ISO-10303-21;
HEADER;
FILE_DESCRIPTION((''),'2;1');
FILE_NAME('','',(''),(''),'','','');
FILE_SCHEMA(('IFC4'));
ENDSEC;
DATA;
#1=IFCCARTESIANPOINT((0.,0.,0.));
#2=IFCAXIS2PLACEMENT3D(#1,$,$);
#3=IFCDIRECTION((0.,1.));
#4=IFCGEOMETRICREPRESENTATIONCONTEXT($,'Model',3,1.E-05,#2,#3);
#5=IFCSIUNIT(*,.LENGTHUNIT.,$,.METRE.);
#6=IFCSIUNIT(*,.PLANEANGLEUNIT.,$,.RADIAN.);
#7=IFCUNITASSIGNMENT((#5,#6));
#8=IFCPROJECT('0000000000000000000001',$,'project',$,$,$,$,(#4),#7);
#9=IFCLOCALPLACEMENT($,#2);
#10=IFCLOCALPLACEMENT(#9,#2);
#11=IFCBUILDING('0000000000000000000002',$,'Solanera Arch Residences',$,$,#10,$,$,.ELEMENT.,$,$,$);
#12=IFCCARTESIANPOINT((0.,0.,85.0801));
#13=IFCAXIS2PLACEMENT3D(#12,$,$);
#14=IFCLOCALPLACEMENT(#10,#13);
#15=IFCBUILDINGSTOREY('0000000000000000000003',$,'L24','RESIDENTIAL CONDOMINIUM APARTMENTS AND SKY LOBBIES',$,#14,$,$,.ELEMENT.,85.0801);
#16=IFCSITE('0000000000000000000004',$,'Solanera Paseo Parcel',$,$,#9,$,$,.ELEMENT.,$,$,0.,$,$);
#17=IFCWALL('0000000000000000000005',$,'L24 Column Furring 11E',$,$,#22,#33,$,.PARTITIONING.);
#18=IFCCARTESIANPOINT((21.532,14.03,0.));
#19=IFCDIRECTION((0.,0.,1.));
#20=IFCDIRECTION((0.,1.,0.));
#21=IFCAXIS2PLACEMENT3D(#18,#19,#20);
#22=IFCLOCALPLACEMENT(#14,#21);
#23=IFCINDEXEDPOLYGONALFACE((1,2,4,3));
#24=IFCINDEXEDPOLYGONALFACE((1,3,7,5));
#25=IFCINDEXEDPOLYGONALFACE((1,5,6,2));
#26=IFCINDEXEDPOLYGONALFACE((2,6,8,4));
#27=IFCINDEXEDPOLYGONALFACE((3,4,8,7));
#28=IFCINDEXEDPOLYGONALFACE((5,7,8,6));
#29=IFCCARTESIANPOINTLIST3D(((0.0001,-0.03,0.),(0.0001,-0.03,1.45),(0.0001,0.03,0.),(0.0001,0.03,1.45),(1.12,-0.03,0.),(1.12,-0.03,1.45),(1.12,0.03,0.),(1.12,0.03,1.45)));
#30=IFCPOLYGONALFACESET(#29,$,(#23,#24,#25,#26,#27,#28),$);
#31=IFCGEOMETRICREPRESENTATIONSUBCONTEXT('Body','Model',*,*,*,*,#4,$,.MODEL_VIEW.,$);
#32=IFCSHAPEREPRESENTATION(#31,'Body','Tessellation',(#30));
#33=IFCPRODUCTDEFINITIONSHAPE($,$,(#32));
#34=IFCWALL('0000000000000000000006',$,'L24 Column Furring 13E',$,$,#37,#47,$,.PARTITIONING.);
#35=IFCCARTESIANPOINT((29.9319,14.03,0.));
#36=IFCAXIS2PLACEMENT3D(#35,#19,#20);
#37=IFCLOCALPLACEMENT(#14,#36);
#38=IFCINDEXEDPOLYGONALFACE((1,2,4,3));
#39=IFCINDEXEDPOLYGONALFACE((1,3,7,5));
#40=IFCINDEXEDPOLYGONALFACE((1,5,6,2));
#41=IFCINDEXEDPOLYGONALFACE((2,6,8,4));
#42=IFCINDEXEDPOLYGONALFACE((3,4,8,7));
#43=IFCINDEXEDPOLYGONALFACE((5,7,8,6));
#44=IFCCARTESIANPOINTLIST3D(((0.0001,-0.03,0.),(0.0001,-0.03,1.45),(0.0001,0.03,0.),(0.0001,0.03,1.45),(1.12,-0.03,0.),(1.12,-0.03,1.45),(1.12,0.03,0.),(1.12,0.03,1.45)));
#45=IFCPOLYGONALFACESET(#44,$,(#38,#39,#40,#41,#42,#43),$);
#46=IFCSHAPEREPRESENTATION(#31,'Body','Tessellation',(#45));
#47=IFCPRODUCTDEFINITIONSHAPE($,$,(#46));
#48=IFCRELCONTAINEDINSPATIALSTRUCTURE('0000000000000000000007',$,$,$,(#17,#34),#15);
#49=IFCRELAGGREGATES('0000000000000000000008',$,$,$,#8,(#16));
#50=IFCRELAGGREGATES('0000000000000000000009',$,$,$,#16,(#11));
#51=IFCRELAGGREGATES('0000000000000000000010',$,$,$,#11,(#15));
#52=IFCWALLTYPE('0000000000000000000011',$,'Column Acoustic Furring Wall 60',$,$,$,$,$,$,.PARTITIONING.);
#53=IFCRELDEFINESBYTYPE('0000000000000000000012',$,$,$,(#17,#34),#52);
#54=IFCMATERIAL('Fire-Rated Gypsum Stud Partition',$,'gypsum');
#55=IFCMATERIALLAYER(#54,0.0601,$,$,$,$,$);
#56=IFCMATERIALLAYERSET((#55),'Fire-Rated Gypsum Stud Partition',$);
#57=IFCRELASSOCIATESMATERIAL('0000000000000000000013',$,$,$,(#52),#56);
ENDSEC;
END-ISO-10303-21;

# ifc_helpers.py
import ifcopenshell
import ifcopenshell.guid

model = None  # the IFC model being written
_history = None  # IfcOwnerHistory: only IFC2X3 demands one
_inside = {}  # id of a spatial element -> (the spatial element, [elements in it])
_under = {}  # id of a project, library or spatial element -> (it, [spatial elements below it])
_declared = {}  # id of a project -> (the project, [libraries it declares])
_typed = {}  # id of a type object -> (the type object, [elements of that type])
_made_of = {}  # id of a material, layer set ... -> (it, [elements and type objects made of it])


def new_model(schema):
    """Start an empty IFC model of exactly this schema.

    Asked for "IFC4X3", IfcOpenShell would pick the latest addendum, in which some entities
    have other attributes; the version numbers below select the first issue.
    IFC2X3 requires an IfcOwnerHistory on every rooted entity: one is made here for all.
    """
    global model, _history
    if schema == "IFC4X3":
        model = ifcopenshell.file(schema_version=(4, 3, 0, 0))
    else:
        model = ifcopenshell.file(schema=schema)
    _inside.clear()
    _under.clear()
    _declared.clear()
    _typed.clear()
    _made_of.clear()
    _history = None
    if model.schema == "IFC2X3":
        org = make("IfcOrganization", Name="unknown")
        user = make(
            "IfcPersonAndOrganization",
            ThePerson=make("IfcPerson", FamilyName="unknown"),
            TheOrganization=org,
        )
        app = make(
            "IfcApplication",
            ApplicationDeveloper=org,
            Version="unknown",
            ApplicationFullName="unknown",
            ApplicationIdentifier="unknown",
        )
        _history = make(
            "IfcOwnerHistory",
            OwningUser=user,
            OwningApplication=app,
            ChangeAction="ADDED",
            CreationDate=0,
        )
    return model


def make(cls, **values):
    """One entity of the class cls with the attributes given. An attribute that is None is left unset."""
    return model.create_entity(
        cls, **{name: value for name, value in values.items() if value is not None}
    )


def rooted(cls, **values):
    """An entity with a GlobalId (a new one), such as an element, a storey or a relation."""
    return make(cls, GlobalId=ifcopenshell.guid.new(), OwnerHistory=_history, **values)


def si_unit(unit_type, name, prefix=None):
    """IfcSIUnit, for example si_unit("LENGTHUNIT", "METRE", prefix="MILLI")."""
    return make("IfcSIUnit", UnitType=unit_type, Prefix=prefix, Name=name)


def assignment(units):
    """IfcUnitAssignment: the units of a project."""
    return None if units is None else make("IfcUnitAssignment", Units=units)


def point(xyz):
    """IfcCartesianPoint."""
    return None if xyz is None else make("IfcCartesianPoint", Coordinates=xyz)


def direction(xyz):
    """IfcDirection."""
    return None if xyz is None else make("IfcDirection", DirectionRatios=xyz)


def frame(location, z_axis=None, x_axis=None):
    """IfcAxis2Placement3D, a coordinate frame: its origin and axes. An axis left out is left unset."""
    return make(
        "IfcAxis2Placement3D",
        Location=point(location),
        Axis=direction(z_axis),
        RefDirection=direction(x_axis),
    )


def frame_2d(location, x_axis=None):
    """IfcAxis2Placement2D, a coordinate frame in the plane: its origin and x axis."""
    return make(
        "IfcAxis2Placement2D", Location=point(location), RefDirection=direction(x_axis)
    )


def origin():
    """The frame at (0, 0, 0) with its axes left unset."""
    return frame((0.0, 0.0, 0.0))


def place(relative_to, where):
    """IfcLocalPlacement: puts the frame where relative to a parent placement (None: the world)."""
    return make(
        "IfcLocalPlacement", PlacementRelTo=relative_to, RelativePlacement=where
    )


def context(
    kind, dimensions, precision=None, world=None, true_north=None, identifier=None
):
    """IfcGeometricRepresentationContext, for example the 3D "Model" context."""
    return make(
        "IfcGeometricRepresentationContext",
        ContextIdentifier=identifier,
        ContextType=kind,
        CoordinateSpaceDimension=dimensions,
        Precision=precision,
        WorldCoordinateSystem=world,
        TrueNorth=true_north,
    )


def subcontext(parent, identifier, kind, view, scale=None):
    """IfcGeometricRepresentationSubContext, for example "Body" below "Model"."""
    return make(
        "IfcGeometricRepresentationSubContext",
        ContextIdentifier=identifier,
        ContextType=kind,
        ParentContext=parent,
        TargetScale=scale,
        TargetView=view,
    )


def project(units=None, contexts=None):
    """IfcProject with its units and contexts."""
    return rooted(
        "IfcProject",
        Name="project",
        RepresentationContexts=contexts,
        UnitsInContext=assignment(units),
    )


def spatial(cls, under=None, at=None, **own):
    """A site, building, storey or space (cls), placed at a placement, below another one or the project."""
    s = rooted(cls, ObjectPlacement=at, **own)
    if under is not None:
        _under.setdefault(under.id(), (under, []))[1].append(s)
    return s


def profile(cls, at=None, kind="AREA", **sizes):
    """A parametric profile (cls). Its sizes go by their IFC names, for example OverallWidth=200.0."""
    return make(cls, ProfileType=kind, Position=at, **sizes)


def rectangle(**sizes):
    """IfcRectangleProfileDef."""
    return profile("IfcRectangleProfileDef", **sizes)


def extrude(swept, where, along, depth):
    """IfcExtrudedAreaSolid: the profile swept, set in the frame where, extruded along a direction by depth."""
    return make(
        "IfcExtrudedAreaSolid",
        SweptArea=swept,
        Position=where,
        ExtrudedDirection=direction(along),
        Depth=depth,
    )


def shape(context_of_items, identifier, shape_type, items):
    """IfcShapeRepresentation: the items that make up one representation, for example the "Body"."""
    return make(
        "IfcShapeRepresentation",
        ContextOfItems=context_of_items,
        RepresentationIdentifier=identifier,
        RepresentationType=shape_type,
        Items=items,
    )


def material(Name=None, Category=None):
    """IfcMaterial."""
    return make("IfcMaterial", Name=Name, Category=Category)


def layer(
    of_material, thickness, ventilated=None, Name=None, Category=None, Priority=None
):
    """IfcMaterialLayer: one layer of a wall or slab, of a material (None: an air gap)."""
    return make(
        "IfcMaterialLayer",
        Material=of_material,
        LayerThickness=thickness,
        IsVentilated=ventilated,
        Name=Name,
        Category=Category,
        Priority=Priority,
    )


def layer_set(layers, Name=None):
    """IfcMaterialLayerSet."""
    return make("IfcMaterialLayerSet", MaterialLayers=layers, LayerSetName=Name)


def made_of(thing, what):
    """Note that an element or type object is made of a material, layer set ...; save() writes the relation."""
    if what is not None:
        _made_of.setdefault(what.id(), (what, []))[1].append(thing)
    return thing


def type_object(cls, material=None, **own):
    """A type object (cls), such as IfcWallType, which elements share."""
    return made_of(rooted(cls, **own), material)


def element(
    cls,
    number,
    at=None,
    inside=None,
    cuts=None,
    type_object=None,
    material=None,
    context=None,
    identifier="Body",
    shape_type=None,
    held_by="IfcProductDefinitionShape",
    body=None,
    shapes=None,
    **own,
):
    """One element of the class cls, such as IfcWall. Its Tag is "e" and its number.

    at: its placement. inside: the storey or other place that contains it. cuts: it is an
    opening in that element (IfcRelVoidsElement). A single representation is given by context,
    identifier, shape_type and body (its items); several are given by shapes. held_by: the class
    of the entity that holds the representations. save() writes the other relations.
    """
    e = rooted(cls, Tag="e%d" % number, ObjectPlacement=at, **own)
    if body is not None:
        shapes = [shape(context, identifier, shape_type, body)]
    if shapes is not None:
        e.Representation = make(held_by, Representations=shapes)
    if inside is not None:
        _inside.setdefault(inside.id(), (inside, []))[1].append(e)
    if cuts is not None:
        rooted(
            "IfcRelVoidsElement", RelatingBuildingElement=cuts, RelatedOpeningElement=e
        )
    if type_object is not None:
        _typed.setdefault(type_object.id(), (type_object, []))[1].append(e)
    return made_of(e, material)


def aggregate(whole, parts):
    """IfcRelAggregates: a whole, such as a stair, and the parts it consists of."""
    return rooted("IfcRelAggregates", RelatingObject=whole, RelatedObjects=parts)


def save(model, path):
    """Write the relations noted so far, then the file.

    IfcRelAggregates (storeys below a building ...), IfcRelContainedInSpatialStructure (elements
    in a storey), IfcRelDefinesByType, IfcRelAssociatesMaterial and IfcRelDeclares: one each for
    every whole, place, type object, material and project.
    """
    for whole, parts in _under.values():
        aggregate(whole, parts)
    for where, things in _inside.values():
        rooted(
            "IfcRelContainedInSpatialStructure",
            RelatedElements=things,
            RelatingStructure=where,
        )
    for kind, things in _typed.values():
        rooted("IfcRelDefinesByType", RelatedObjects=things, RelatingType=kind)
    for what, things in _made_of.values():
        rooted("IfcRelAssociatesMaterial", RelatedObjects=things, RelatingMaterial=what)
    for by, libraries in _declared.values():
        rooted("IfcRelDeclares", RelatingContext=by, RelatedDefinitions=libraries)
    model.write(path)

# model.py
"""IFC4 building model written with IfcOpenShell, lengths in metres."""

from ifc_helpers import new_model, si_unit, direction, frame, frame_2d, origin, place, context, subcontext, project, spatial, rectangle, extrude, material, layer, layer_set, type_object, element, save


model = new_model("IFC4")

# Units and contexts
model_context = context("Model", 3, precision=1e-05, world=origin(), true_north=direction((0.0, 1.0)))
body_context = subcontext(model_context, "Body", "Model", "MODEL_VIEW")
ifc_project = project(units=[si_unit("LENGTHUNIT", "METRE"), si_unit("PLANEANGLEUNIT", "RADIAN")], contexts=[model_context])

# Site, building, storey
site_placement = place(None, origin())
site = spatial("IfcSite", under=ifc_project, at=site_placement, Name="Solanera Paseo Parcel", CompositionType="ELEMENT", RefElevation=0.0)
building_placement = place(site_placement, origin())
building = spatial("IfcBuilding", under=site, at=building_placement, Name="Solanera Arch Residences", CompositionType="ELEMENT")
storey_placement = place(building_placement, frame((0.0, 0.0, 85.0801)))
storey = spatial("IfcBuildingStorey", under=building, at=storey_placement, Name="L24", Description="RESIDENTIAL CONDOMINIUM APARTMENTS AND SKY LOBBIES", CompositionType="ELEMENT", Elevation=85.0801)

# Walls
ifc_material_1 = material(Name="Fire-Rated Gypsum Stud Partition", Category="gypsum")
ifc_layer_1 = layer(ifc_material_1, 0.0601)
ifc_layer_set_1 = layer_set([ifc_layer_1], Name="Fire-Rated Gypsum Stud Partition")
wall_type_1 = type_object("IfcWallType", Name="Column Acoustic Furring Wall 60", PredefinedType="PARTITIONING", material=ifc_layer_set_1)
wall_1_placement = place(storey_placement, frame((21.532, 14.03, 0.0), z_axis=(0.0, 0.0, 1.0), x_axis=(0.0, 1.0, 0.0)))
element("IfcWall", 1, at=wall_1_placement, inside=storey, type_object=wall_type_1, Name="L24 Column Furring 11E", PredefinedType="PARTITIONING", context=body_context, shape_type="SweptSolid", body=[
    extrude(rectangle(XDim=1.1199, YDim=0.0601, at=frame_2d((0.5601, 0.0))), origin(), (0.0, 0.0, 1.0), 1.45),
])
wall_2_placement = place(storey_placement, frame((29.9319, 14.03, 0.0), z_axis=(0.0, 0.0, 1.0), x_axis=(0.0, 1.0, 0.0)))
element("IfcWall", 2, at=wall_2_placement, inside=storey, type_object=wall_type_1, Name="L24 Column Furring 13E", PredefinedType="PARTITIONING", context=body_context, shape_type="SweptSolid", body=[
    extrude(rectangle(XDim=1.1199, YDim=0.0601, at=frame_2d((0.5601, 0.0))), origin(), (0.0, 0.0, 1.0), 1.45),
])

save(model, "model.ifc")
